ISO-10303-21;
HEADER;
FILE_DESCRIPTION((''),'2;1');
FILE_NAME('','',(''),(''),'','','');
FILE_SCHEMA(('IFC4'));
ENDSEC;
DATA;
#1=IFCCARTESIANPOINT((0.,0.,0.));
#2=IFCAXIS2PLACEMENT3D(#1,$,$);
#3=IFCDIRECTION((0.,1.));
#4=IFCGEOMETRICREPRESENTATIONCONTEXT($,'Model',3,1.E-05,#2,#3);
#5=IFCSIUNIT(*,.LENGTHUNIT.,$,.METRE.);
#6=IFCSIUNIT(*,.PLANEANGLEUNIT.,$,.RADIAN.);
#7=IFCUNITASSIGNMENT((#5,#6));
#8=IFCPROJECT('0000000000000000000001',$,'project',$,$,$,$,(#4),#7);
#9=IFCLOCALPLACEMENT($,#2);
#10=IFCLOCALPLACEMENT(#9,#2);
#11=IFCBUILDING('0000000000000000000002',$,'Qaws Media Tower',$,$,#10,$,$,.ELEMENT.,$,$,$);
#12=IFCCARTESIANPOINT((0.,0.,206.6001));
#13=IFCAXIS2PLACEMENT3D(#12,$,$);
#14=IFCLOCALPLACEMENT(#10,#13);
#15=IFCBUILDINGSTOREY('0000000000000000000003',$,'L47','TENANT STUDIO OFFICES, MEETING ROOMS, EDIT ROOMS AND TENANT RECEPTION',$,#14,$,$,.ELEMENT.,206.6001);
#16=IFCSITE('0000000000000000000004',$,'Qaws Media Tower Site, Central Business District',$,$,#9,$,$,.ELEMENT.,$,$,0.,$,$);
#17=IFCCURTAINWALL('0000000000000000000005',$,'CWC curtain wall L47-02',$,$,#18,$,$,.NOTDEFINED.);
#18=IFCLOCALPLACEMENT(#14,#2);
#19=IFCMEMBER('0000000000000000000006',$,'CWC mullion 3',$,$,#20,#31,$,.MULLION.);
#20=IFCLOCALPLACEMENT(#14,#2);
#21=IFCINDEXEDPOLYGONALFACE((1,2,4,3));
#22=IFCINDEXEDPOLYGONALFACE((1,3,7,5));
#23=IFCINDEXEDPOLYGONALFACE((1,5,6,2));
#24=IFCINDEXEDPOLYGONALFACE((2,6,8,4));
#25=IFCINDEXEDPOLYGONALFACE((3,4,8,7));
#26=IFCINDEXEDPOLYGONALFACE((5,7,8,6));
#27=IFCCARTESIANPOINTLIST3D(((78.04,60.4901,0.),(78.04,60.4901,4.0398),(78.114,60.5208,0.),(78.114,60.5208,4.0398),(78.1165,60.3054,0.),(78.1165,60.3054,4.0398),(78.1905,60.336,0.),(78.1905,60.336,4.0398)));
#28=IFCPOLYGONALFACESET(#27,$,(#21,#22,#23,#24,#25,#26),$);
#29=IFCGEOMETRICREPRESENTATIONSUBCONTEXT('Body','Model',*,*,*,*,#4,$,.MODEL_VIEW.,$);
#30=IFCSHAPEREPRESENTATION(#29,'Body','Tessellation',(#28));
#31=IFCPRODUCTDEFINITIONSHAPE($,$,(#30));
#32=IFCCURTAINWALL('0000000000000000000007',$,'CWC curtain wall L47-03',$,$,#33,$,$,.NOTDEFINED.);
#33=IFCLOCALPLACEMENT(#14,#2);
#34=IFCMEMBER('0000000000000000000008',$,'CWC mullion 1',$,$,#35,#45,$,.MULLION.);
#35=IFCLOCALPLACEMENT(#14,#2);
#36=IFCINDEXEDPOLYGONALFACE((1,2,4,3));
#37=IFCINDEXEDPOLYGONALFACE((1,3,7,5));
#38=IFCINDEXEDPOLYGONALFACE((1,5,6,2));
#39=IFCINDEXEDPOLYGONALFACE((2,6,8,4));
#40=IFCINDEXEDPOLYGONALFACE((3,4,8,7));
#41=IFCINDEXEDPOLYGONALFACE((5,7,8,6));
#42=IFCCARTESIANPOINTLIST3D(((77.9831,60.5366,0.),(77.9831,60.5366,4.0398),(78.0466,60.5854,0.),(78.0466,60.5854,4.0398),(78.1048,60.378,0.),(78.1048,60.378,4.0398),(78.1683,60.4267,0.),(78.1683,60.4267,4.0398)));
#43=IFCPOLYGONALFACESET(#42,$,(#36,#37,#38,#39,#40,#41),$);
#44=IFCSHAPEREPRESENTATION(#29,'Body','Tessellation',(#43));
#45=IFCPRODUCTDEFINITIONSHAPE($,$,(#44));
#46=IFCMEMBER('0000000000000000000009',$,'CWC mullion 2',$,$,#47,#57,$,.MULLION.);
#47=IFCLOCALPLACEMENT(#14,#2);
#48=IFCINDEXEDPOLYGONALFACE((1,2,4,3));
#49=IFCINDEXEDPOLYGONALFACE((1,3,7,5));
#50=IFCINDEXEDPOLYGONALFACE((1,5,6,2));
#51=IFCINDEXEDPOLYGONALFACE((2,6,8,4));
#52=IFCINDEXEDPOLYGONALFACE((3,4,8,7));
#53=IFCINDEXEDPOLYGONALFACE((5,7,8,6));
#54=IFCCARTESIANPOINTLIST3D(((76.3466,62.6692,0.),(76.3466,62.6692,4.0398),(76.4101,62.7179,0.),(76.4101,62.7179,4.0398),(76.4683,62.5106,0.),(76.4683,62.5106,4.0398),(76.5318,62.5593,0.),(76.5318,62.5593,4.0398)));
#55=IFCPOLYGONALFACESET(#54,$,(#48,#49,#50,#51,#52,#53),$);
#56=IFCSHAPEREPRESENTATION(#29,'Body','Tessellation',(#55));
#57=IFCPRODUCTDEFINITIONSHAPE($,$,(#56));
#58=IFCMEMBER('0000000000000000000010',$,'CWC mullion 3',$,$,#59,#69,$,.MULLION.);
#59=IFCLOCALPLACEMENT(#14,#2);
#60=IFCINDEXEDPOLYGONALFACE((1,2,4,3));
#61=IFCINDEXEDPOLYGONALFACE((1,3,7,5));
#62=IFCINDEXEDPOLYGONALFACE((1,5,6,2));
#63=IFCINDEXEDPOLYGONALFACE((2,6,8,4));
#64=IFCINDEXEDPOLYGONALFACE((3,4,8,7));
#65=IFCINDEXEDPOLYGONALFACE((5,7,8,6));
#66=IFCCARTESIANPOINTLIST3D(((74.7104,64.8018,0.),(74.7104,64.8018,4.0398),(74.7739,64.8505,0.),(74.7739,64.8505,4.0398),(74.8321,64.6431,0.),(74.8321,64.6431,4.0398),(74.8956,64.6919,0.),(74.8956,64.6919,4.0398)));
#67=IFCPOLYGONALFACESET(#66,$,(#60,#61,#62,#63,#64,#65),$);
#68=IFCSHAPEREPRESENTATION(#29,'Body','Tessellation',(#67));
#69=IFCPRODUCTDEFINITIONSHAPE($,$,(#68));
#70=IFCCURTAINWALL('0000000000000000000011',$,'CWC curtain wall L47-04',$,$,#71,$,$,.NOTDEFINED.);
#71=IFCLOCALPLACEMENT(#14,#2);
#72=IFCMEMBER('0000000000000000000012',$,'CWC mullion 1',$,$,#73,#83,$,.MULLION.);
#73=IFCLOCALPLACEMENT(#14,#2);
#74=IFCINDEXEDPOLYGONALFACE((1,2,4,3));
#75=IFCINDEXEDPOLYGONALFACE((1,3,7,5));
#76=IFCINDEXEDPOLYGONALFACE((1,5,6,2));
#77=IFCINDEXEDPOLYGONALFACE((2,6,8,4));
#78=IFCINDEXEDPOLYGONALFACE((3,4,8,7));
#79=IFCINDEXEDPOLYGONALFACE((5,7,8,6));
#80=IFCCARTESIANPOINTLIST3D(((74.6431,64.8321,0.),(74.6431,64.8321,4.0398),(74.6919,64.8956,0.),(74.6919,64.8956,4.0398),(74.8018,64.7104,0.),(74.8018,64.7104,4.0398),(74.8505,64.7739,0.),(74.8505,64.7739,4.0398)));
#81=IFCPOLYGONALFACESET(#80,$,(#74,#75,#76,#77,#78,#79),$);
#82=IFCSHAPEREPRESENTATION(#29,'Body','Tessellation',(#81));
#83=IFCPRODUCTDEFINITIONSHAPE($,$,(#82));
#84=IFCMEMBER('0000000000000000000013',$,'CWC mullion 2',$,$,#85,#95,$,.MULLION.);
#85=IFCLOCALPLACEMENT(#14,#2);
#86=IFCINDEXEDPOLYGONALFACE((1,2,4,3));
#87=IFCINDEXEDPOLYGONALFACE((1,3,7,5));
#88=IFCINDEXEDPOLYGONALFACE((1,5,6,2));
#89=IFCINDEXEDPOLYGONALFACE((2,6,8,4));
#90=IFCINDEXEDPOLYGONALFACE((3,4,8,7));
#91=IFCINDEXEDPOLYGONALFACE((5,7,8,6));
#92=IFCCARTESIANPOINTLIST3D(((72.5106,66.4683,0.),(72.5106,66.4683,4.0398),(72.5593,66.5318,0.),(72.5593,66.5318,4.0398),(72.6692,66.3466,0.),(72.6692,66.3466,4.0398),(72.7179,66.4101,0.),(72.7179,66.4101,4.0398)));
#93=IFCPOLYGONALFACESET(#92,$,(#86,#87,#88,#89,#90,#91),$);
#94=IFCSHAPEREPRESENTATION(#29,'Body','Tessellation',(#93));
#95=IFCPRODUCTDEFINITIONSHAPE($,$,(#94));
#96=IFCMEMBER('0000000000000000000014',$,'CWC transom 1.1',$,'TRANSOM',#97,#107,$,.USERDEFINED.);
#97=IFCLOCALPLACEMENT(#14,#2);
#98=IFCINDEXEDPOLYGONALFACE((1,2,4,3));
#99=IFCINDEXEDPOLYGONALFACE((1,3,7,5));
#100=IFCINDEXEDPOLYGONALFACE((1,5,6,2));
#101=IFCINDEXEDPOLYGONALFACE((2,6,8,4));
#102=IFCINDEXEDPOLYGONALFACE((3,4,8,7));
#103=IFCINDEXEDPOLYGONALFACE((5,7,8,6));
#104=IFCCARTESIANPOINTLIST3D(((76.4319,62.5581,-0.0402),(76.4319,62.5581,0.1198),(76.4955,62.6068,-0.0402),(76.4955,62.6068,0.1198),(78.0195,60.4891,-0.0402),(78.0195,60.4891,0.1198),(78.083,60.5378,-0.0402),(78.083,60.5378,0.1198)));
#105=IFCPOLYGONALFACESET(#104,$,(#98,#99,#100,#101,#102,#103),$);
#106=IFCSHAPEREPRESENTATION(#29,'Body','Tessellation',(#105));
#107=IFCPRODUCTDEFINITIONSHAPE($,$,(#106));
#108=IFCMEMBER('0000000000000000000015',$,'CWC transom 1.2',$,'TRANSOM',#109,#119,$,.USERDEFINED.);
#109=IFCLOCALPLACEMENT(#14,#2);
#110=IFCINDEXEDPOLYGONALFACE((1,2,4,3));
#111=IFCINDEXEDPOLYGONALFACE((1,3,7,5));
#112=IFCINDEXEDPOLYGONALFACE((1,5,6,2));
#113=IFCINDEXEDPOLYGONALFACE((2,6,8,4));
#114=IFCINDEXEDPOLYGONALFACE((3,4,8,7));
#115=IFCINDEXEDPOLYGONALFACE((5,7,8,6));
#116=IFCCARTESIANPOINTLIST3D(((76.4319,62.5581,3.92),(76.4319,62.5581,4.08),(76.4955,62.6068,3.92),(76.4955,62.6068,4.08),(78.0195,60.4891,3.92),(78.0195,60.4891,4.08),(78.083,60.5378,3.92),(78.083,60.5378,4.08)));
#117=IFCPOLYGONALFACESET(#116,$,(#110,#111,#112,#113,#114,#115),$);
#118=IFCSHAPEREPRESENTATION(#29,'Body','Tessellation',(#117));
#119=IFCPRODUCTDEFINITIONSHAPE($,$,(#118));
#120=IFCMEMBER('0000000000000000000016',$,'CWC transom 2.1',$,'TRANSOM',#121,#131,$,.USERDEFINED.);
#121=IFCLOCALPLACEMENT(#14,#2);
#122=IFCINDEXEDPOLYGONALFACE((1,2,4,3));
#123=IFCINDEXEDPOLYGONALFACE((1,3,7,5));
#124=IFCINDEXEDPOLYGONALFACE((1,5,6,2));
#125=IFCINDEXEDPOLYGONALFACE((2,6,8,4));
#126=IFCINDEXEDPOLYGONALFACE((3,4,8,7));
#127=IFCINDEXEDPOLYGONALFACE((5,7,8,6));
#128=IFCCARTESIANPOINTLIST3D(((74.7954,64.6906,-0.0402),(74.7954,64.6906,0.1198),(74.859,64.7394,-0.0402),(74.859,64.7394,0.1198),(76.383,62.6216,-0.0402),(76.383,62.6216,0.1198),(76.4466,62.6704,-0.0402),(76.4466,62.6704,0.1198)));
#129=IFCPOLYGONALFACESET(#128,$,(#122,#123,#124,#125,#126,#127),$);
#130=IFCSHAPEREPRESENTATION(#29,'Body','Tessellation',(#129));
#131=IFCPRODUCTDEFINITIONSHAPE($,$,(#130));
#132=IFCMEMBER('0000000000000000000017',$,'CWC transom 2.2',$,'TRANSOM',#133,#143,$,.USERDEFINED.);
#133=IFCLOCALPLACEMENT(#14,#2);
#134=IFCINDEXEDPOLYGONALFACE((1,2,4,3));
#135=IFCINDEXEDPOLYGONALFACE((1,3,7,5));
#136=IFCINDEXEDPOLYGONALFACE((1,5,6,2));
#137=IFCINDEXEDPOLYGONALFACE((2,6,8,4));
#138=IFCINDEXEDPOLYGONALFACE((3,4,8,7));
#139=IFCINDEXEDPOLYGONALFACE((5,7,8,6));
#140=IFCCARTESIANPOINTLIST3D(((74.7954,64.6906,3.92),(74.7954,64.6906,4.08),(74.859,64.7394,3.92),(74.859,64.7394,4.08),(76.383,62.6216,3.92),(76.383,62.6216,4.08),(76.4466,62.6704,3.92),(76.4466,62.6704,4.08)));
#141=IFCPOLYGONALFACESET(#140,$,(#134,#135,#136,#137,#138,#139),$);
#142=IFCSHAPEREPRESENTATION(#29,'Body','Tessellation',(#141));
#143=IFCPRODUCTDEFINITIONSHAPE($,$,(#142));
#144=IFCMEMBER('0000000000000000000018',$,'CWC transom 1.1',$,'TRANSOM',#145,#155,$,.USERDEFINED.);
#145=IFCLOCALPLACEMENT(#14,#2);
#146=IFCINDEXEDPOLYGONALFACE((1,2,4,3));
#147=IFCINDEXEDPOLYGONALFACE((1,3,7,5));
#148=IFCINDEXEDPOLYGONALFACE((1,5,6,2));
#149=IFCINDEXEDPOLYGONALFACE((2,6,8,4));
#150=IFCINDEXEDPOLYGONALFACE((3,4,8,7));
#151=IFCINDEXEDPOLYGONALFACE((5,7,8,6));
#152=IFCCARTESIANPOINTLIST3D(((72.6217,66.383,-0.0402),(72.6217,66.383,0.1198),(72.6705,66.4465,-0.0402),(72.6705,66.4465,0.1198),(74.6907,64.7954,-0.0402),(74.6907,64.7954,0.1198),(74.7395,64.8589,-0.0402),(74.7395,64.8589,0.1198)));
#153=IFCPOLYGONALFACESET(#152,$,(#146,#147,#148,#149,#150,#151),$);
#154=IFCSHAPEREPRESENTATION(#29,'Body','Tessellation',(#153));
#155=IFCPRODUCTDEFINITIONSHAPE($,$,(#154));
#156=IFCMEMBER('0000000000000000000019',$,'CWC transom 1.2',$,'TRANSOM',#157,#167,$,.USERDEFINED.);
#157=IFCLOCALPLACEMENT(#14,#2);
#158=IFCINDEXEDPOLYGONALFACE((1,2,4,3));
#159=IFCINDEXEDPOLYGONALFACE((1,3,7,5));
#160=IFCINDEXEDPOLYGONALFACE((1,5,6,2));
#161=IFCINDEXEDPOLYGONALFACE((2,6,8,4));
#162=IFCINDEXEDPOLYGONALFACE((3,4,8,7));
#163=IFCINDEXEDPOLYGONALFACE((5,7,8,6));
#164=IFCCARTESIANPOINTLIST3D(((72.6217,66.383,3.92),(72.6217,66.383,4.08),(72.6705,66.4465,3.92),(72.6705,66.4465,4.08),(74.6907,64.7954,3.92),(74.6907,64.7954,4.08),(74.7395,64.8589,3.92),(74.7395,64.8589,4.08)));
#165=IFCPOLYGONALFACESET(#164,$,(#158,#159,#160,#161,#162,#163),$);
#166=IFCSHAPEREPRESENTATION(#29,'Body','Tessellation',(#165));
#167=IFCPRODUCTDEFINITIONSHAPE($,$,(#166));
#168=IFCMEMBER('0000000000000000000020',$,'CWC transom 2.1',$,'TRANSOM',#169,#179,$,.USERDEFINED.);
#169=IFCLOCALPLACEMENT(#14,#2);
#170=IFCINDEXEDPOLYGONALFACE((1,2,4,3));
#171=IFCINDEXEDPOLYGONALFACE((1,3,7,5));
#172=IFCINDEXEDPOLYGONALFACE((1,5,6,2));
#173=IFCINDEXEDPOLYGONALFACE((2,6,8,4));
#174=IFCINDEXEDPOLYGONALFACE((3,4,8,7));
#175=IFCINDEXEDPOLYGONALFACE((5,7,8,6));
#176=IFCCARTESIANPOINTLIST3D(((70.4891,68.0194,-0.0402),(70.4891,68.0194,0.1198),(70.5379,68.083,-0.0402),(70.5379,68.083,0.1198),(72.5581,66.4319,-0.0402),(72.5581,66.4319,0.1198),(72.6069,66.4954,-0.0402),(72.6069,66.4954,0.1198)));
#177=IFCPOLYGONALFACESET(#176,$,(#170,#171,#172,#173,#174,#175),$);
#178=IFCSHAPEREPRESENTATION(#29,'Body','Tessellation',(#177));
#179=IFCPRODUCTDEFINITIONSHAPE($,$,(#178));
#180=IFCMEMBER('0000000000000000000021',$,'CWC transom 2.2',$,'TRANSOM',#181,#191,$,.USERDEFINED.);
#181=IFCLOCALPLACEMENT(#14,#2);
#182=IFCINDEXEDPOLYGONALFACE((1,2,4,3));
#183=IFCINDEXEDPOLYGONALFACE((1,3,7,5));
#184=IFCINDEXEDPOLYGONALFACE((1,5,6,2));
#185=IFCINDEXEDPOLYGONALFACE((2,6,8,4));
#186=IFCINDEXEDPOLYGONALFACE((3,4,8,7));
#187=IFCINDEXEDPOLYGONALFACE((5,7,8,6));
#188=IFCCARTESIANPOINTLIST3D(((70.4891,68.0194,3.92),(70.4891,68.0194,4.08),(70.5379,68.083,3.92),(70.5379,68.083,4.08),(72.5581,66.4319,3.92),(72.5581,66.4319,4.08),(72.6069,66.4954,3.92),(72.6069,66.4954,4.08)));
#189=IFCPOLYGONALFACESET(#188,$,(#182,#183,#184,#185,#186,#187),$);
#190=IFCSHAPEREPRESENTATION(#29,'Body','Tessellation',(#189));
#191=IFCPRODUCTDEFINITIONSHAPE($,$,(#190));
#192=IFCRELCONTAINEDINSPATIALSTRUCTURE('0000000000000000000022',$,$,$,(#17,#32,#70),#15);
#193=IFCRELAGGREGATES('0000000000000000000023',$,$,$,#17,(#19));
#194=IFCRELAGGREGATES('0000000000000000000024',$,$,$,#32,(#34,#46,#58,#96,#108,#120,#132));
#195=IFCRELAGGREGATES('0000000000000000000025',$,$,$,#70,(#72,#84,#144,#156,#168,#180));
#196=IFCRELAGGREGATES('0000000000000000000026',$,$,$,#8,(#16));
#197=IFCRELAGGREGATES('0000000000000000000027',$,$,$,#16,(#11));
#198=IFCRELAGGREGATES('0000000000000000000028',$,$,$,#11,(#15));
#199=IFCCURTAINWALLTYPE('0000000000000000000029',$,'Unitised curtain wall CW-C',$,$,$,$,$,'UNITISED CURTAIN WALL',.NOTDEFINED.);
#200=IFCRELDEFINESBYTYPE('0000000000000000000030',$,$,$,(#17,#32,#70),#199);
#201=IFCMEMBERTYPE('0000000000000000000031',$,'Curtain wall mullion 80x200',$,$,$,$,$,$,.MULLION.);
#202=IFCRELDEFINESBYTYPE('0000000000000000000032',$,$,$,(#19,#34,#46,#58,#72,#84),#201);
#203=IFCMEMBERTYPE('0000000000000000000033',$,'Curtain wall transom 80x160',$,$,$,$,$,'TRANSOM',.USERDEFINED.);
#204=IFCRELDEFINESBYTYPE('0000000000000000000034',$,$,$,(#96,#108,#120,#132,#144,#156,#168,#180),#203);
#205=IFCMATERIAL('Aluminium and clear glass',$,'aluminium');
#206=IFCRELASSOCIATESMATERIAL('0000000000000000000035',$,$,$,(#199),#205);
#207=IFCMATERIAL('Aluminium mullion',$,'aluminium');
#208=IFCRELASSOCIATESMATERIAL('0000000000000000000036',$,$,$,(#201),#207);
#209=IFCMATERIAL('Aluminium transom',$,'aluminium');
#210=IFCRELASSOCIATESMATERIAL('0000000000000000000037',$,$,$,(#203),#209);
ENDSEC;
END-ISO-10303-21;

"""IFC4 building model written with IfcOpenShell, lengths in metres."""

from ifc_helpers import new_model, si_unit, direction, frame, origin, origin_2d, place, context, subcontext, project, spatial, rectangle, extrude, material, material_profile, profile_set, type_object, element, aggregate, save


model = new_model("IFC4")

# Units and contexts
model_context = context("Model", 3, precision=1e-05, world=origin(), true_north=direction((0.0, 1.0)))
body_context = subcontext(model_context, "Body", "Model", "MODEL_VIEW")
ifc_project = project(units=[si_unit("LENGTHUNIT", "METRE"), si_unit("PLANEANGLEUNIT", "RADIAN")], contexts=[model_context])

# Site, building, storey
site_placement = place(None, origin())
site = spatial("IfcSite", under=ifc_project, at=site_placement, Name="Qaws Media Tower Site, Central Business District", CompositionType="ELEMENT", RefElevation=0.0)
building_placement = place(site_placement, origin())
building = spatial("IfcBuilding", under=site, at=building_placement, Name="Qaws Media Tower", CompositionType="ELEMENT")
storey_placement = place(building_placement, frame((0.0, 0.0, 206.6001)))
storey = spatial("IfcBuildingStorey", under=building, at=storey_placement, Name="L47", Description="TENANT STUDIO OFFICES, MEETING ROOMS, EDIT ROOMS AND TENANT RECEPTION", CompositionType="ELEMENT", Elevation=206.6001)

# Curtain wall, member
ifc_material_1 = material(Name="Aluminium and clear glass", Category="aluminium")
curtain_wall_type = type_object("IfcCurtainWallType", Name="Unitised curtain wall CW-C", ElementType="UNITISED CURTAIN WALL", PredefinedType="NOTDEFINED", material=ifc_material_1)
curtain_wall_1_placement = place(storey_placement, origin())
curtain_wall_1 = element("IfcCurtainWall", 1, at=curtain_wall_1_placement, inside=storey, type_object=curtain_wall_type, Name="CWC curtain wall L47-02", PredefinedType="NOTDEFINED")
ifc_material_2 = material(Name="Aluminium mullion", Category="aluminium")
ifc_material_profile_1 = material_profile(ifc_material_2, rectangle(XDim=0.0801, YDim=0.2, at=origin_2d()), Name="80x200")
ifc_profile_set_1 = profile_set([ifc_material_profile_1], Name="Aluminium mullion")
member_type_1 = type_object("IfcMemberType", Name="Curtain wall mullion 80x200", PredefinedType="MULLION", material=ifc_profile_set_1)
member_1_placement = place(storey_placement, frame((78.1152, 60.4131, 0.0), z_axis=(0.0, 0.0, 1.0), x_axis=(-0.92388, -0.382683, 0.0)))
member_1 = element("IfcMember", 2, at=member_1_placement, type_object=member_type_1, Name="CWC mullion 3", PredefinedType="MULLION", context=body_context, shape_type="SweptSolid", body=[
    extrude(rectangle(XDim=0.0801, YDim=0.2, at=origin_2d()), origin(), (0.0, 0.0, 1.0), 4.0398),
])
aggregate(curtain_wall_1, [member_1])

# Curtain walls, members
curtain_wall_2_placement = place(storey_placement, origin())
curtain_wall_2 = element("IfcCurtainWall", 3, at=curtain_wall_2_placement, inside=storey, type_object=curtain_wall_type, Name="CWC curtain wall L47-03", PredefinedType="NOTDEFINED")
member_2_placement = place(storey_placement, frame((78.0757, 60.4817, 0.0), z_axis=(0.0, 0.0, 1.0), x_axis=(-0.793353, -0.608761, 0.0)))
member_2 = element("IfcMember", 4, at=member_2_placement, type_object=member_type_1, Name="CWC mullion 1", PredefinedType="MULLION", context=body_context, shape_type="SweptSolid", body=[
    extrude(rectangle(XDim=0.0801, YDim=0.2, at=origin_2d()), origin(), (0.0, 0.0, 1.0), 4.0398),
])
member_3_placement = place(storey_placement, frame((76.4392, 62.6143, 0.0), z_axis=(0.0, 0.0, 1.0), x_axis=(-0.793353, -0.608761, 0.0)))
member_3 = element("IfcMember", 5, at=member_3_placement, type_object=member_type_1, Name="CWC mullion 2", PredefinedType="MULLION", context=body_context, shape_type="SweptSolid", body=[
    extrude(rectangle(XDim=0.0801, YDim=0.2, at=origin_2d()), origin(), (0.0, 0.0, 1.0), 4.0398),
])
member_4_placement = place(storey_placement, frame((74.803, 64.7468, 0.0), z_axis=(0.0, 0.0, 1.0), x_axis=(-0.793353, -0.608761, 0.0)))
member_4 = element("IfcMember", 6, at=member_4_placement, type_object=member_type_1, Name="CWC mullion 3", PredefinedType="MULLION", context=body_context, shape_type="SweptSolid", body=[
    extrude(rectangle(XDim=0.0801, YDim=0.2, at=origin_2d()), origin(), (0.0, 0.0, 1.0), 4.0398),
])
curtain_wall_3_placement = place(storey_placement, origin())
curtain_wall_3 = element("IfcCurtainWall", 7, at=curtain_wall_3_placement, inside=storey, type_object=curtain_wall_type, Name="CWC curtain wall L47-04", PredefinedType="NOTDEFINED")
member_5_placement = place(storey_placement, frame((74.7468, 64.803, 0.0), z_axis=(0.0, 0.0, 1.0), x_axis=(-0.608761, -0.793353, 0.0)))
member_5 = element("IfcMember", 8, at=member_5_placement, type_object=member_type_1, Name="CWC mullion 1", PredefinedType="MULLION", context=body_context, shape_type="SweptSolid", body=[
    extrude(rectangle(XDim=0.0801, YDim=0.2, at=origin_2d()), origin(), (0.0, 0.0, 1.0), 4.0398),
])
member_6_placement = place(storey_placement, frame((72.6143, 66.4392, 0.0), z_axis=(0.0, 0.0, 1.0), x_axis=(-0.608761, -0.793353, 0.0)))
member_6 = element("IfcMember", 9, at=member_6_placement, type_object=member_type_1, Name="CWC mullion 2", PredefinedType="MULLION", context=body_context, shape_type="SweptSolid", body=[
    extrude(rectangle(XDim=0.0801, YDim=0.2, at=origin_2d()), origin(), (0.0, 0.0, 1.0), 4.0398),
])

# Members
ifc_material_3 = material(Name="Aluminium transom", Category="aluminium")
ifc_material_profile_2 = material_profile(ifc_material_3, rectangle(XDim=0.0801, YDim=0.1599, at=origin_2d()), Name="80x160")
ifc_profile_set_2 = profile_set([ifc_material_profile_2], Name="Aluminium transom")
member_type_2 = type_object("IfcMemberType", Name="Curtain wall transom 80x160", ElementType="TRANSOM", PredefinedType="USERDEFINED", material=ifc_profile_set_2)
member_7_placement = place(storey_placement, frame((78.0513, 60.5134, 0.0398), z_axis=(-0.608756, 0.793358, 0.0), x_axis=(-0.793358, -0.608756, 0.0)))
member_7 = element("IfcMember", 10, at=member_7_placement, type_object=member_type_2, Name="CWC transom 1.1", ObjectType="TRANSOM", PredefinedType="USERDEFINED", context=body_context, shape_type="SweptSolid", body=[
    extrude(rectangle(XDim=0.0801, YDim=0.1599, at=origin_2d()), origin(), (0.0, 0.0, 1.0), 2.6079),
])
member_8_placement = place(storey_placement, frame((78.0513, 60.5134, 4.0), z_axis=(-0.608756, 0.793358, 0.0), x_axis=(-0.793358, -0.608756, 0.0)))
member_8 = element("IfcMember", 11, at=member_8_placement, type_object=member_type_2, Name="CWC transom 1.2", ObjectType="TRANSOM", PredefinedType="USERDEFINED", context=body_context, shape_type="SweptSolid", body=[
    extrude(rectangle(XDim=0.0801, YDim=0.1599, at=origin_2d()), origin(), (0.0, 0.0, 1.0), 2.6079),
])
member_9_placement = place(storey_placement, frame((76.4148, 62.646, 0.0398), z_axis=(-0.608756, 0.793358, 0.0), x_axis=(-0.793358, -0.608756, 0.0)))
member_9 = element("IfcMember", 12, at=member_9_placement, type_object=member_type_2, Name="CWC transom 2.1", ObjectType="TRANSOM", PredefinedType="USERDEFINED", context=body_context, shape_type="SweptSolid", body=[
    extrude(rectangle(XDim=0.0801, YDim=0.1599, at=origin_2d()), origin(), (0.0, 0.0, 1.0), 2.6079),
])
member_10_placement = place(storey_placement, frame((76.4148, 62.646, 4.0), z_axis=(-0.608756, 0.793358, 0.0), x_axis=(-0.793358, -0.608756, 0.0)))
member_10 = element("IfcMember", 13, at=member_10_placement, type_object=member_type_2, Name="CWC transom 2.2", ObjectType="TRANSOM", PredefinedType="USERDEFINED", context=body_context, shape_type="SweptSolid", body=[
    extrude(rectangle(XDim=0.0801, YDim=0.1599, at=origin_2d()), origin(), (0.0, 0.0, 1.0), 2.6079),
])
member_11_placement = place(storey_placement, frame((74.7151, 64.8271, 0.0398), z_axis=(-0.793358, 0.608756, 0.0), x_axis=(-0.608756, -0.793358, 0.0)))
member_11 = element("IfcMember", 14, at=member_11_placement, type_object=member_type_2, Name="CWC transom 1.1", ObjectType="TRANSOM", PredefinedType="USERDEFINED", context=body_context, shape_type="SweptSolid", body=[
    extrude(rectangle(XDim=0.0801, YDim=0.1599, at=origin_2d()), origin(), (0.0, 0.0, 1.0), 2.6079),
])
member_12_placement = place(storey_placement, frame((74.7151, 64.8271, 4.0), z_axis=(-0.793358, 0.608756, 0.0), x_axis=(-0.608756, -0.793358, 0.0)))
member_12 = element("IfcMember", 15, at=member_12_placement, type_object=member_type_2, Name="CWC transom 1.2", ObjectType="TRANSOM", PredefinedType="USERDEFINED", context=body_context, shape_type="SweptSolid", body=[
    extrude(rectangle(XDim=0.0801, YDim=0.1599, at=origin_2d()), origin(), (0.0, 0.0, 1.0), 2.6079),
])
member_13_placement = place(storey_placement, frame((72.5825, 66.4636, 0.0398), z_axis=(-0.793358, 0.608756, 0.0), x_axis=(-0.608756, -0.793358, 0.0)))
member_13 = element("IfcMember", 16, at=member_13_placement, type_object=member_type_2, Name="CWC transom 2.1", ObjectType="TRANSOM", PredefinedType="USERDEFINED", context=body_context, shape_type="SweptSolid", body=[
    extrude(rectangle(XDim=0.0801, YDim=0.1599, at=origin_2d()), origin(), (0.0, 0.0, 1.0), 2.6079),
])
member_14_placement = place(storey_placement, frame((72.5825, 66.4636, 4.0), z_axis=(-0.793358, 0.608756, 0.0), x_axis=(-0.608756, -0.793358, 0.0)))
member_14 = element("IfcMember", 17, at=member_14_placement, type_object=member_type_2, Name="CWC transom 2.2", ObjectType="TRANSOM", PredefinedType="USERDEFINED", context=body_context, shape_type="SweptSolid", body=[
    extrude(rectangle(XDim=0.0801, YDim=0.1599, at=origin_2d()), origin(), (0.0, 0.0, 1.0), 2.6079),
])

aggregate(curtain_wall_2, [member_2, member_3, member_4, member_7, member_8, member_9, member_10])
aggregate(curtain_wall_3, [member_5, member_6, member_11, member_12, member_13, member_14])

save(model, "model.ifc")
